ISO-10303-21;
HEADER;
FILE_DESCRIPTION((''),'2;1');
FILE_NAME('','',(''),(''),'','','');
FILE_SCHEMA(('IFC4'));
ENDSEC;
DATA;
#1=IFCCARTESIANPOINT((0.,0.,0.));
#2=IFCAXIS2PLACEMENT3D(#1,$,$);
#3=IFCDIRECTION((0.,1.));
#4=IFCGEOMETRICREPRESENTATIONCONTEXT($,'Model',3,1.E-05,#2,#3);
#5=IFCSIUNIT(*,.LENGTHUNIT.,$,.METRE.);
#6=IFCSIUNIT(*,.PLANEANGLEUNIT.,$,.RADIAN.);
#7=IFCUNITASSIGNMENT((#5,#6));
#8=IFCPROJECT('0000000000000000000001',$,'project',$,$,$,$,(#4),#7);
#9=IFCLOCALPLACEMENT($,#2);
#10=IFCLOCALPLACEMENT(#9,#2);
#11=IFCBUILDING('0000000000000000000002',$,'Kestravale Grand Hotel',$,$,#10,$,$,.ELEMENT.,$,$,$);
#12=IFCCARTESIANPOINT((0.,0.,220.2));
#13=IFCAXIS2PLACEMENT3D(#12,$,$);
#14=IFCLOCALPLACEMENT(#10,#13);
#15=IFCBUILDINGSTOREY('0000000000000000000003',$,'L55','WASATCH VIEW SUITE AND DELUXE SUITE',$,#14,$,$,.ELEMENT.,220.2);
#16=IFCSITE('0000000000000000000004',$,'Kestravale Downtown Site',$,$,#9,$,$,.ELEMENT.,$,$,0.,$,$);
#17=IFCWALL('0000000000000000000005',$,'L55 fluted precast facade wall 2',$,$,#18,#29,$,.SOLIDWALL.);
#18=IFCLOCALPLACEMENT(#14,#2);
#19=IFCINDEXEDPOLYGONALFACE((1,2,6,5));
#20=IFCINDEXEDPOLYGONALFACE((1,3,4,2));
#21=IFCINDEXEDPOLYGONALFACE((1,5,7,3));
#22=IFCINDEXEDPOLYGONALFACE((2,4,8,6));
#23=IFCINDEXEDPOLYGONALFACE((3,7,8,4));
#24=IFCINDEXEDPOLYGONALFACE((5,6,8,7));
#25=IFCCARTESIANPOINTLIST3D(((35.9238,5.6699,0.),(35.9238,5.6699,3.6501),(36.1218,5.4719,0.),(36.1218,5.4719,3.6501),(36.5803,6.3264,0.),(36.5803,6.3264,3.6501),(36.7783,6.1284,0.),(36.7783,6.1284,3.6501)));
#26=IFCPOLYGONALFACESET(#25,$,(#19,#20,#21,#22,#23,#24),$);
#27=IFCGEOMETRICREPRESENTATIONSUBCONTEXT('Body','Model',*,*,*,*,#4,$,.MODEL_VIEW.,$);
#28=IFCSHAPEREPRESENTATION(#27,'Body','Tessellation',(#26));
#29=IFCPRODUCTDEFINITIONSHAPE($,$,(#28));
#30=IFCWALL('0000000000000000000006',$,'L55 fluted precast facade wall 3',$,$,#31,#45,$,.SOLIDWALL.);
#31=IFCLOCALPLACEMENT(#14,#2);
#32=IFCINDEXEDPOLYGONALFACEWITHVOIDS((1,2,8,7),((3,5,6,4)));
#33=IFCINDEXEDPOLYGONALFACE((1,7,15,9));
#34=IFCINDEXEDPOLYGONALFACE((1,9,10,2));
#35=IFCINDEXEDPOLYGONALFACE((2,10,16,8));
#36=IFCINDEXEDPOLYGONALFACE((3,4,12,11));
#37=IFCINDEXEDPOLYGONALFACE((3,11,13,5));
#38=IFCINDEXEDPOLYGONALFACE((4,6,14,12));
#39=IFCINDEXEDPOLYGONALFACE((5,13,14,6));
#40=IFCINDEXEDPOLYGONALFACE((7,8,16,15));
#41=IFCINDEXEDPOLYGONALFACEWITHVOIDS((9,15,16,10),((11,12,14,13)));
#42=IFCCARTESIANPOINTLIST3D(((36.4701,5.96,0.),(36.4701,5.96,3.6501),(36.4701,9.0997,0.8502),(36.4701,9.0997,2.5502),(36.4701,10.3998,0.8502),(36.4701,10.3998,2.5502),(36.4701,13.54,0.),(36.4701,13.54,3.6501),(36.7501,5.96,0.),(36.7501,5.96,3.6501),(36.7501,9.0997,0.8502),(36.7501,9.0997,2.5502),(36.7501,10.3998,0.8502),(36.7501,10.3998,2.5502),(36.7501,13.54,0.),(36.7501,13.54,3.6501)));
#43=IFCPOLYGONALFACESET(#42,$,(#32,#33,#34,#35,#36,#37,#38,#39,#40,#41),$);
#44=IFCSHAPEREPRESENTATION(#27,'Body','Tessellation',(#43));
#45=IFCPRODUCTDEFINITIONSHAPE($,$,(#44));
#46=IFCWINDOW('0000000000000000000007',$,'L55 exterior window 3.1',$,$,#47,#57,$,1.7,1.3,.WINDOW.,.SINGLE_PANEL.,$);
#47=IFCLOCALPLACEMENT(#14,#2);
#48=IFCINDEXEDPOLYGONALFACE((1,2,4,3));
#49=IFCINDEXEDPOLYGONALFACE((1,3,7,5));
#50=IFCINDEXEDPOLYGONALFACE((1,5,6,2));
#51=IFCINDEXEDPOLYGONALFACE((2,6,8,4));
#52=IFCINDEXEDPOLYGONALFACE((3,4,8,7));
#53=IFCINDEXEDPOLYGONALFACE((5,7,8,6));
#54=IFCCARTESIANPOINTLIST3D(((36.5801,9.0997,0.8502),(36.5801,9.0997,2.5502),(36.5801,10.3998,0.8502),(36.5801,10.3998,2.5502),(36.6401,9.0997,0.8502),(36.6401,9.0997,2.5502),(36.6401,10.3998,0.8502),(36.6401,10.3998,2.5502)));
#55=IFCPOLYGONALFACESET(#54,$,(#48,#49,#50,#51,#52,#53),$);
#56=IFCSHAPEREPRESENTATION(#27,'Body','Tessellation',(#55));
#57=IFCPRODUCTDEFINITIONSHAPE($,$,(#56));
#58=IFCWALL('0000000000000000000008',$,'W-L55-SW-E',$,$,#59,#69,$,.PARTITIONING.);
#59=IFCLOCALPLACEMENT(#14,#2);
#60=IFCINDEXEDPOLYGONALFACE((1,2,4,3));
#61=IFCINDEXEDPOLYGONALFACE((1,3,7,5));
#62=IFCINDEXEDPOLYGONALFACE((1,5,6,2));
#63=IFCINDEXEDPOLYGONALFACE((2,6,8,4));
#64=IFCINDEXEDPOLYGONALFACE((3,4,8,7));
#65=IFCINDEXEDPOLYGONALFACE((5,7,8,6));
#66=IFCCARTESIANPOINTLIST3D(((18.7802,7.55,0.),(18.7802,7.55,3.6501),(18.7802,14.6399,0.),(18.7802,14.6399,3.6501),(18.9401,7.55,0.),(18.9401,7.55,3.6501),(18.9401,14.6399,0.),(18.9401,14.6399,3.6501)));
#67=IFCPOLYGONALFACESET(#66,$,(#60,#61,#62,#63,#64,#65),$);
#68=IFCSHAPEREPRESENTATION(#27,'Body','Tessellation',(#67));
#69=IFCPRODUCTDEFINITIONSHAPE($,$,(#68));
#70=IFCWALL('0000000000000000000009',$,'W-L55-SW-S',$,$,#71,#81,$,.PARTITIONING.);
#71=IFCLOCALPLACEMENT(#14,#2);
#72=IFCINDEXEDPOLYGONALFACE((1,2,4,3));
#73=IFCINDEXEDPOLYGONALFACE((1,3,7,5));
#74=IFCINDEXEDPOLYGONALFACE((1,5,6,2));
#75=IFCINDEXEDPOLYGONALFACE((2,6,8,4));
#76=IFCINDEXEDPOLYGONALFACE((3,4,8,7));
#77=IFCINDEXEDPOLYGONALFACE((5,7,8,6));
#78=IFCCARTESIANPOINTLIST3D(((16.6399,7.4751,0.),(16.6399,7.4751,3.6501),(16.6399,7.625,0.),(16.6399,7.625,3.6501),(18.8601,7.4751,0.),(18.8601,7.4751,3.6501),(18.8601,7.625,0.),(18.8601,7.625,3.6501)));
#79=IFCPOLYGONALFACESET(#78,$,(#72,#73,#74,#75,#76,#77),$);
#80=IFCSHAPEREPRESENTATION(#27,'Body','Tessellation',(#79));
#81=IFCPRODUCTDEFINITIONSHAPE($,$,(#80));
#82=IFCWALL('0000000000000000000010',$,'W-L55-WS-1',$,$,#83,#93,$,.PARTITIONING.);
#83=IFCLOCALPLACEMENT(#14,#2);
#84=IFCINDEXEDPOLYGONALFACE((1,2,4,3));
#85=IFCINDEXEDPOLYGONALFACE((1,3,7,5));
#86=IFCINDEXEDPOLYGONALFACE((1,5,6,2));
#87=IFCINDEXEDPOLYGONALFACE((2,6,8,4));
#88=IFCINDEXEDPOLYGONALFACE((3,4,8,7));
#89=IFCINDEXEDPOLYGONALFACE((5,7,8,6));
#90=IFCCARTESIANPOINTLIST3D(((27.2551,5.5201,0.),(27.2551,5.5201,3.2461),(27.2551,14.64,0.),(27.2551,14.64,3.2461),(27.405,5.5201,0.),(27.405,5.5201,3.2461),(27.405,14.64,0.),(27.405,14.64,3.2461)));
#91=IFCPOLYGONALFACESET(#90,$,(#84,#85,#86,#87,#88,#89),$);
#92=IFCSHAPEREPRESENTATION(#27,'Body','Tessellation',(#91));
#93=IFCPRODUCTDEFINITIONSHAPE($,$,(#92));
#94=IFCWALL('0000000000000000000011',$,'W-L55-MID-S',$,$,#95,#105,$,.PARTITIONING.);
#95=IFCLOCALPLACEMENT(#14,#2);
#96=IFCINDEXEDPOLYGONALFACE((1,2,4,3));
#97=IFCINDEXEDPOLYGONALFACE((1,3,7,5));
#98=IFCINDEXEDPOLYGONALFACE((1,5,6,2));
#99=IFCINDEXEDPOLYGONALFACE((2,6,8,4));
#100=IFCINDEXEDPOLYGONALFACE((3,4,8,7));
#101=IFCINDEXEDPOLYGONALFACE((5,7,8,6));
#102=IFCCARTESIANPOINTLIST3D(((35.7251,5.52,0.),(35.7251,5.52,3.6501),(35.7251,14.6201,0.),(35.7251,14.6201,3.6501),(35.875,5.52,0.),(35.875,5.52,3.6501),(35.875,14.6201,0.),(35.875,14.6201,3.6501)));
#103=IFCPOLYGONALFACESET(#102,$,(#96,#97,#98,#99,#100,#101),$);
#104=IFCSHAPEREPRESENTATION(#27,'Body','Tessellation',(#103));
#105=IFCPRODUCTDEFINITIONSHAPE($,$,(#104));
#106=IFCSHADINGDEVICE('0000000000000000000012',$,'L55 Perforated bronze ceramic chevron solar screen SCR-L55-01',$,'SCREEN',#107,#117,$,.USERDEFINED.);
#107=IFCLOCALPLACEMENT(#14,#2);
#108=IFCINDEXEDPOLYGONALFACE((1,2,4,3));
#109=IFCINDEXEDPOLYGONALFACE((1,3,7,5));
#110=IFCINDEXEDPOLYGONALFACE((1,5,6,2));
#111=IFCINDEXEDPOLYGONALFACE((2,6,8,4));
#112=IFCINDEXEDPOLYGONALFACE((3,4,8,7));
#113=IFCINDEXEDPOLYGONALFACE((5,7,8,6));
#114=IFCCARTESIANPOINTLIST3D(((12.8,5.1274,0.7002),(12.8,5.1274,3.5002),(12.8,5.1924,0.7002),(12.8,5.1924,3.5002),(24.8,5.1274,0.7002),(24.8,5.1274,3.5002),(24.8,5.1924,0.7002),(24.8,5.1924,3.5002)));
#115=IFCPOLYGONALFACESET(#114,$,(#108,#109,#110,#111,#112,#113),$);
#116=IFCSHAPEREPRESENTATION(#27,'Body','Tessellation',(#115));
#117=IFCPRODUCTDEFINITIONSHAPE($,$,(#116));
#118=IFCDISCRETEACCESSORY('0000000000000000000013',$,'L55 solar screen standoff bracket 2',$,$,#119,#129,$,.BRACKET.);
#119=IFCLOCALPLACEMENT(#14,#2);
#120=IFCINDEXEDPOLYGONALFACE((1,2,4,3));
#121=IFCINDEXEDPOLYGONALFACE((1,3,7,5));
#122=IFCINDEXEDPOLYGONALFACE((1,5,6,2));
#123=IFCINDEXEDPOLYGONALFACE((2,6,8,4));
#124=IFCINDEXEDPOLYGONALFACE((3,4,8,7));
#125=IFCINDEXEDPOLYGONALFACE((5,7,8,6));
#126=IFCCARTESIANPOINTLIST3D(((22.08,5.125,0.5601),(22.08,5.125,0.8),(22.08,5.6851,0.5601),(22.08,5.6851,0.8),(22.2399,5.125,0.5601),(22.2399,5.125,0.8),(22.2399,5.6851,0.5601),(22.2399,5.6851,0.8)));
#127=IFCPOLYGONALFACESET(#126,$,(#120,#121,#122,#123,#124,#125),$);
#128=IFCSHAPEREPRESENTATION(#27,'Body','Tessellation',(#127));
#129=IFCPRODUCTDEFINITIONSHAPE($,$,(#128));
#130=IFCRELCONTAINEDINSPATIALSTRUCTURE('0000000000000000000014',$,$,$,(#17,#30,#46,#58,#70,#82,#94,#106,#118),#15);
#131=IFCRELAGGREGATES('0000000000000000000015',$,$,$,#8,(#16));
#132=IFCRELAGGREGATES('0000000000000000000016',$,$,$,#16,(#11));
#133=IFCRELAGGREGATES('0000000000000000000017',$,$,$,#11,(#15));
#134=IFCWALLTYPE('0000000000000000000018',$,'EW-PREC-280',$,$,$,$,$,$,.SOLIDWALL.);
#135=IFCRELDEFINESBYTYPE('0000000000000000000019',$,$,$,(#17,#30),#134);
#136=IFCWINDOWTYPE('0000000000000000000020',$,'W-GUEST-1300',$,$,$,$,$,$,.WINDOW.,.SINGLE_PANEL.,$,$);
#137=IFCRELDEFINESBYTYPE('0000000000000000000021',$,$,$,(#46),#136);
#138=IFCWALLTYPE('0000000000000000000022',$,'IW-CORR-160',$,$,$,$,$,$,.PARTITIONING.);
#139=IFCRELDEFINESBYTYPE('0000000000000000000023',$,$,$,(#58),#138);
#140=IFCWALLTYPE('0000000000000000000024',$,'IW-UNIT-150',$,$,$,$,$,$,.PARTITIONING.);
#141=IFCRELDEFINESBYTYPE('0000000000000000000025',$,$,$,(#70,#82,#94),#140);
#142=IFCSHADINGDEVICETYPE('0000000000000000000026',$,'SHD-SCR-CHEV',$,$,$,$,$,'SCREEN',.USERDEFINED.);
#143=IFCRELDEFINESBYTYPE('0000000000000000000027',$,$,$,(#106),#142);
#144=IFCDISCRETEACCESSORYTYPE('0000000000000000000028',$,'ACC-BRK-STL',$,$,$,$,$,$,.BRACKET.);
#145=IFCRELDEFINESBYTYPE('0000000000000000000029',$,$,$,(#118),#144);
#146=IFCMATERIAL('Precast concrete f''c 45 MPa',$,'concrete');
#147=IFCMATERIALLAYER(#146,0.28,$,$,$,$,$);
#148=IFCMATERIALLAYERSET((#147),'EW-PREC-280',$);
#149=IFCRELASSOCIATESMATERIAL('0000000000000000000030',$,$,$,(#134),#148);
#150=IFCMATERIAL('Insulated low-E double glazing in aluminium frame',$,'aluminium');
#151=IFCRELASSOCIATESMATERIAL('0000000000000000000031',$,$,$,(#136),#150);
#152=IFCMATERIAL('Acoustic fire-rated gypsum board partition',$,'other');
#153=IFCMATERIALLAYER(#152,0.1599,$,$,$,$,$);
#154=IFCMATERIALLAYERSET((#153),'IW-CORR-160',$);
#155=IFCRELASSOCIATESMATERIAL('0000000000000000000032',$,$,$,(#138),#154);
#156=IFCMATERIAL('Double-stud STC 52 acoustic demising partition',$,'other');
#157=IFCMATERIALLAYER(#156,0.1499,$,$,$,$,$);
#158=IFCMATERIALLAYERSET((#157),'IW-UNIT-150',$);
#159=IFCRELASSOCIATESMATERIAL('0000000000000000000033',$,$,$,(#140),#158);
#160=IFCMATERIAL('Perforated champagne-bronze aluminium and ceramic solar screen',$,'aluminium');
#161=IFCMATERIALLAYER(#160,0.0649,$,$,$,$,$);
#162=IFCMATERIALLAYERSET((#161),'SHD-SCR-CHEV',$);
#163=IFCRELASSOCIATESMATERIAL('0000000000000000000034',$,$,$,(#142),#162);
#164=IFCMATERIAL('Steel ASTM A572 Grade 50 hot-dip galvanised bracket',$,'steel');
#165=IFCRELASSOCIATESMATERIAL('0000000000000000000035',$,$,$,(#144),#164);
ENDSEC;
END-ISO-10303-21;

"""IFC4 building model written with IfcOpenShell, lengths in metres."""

from ifc_helpers import new_model, si_unit, direction, frame, frame_2d, origin, origin_2d, place, context, subcontext, project, spatial, rectangle, extrude, material, layer, layer_set, type_object, element, fill, save


model = new_model("IFC4")

# Units and contexts
model_context = context("Model", 3, precision=1e-05, world=origin(), true_north=direction((0.0, 1.0)))
body_context = subcontext(model_context, "Body", "Model", "MODEL_VIEW")
ifc_project = project(units=[si_unit("LENGTHUNIT", "METRE"), si_unit("PLANEANGLEUNIT", "RADIAN")], contexts=[model_context])

# Site, building, storey
site_placement = place(None, origin())
site = spatial("IfcSite", under=ifc_project, at=site_placement, Name="Kestravale Downtown Site", CompositionType="ELEMENT", RefElevation=0.0)
building_placement = place(site_placement, origin())
building = spatial("IfcBuilding", under=site, at=building_placement, Name="Kestravale Grand Hotel", CompositionType="ELEMENT")
storey_placement = place(building_placement, frame((0.0, 0.0, 220.2)))
storey = spatial("IfcBuildingStorey", under=building, at=storey_placement, Name="L55", Description="WASATCH VIEW SUITE AND DELUXE SUITE", CompositionType="ELEMENT", Elevation=220.2)

# Wall
ifc_material_1 = material(Name="Precast concrete f'c 45 MPa", Category="concrete")
ifc_layer_1 = layer(ifc_material_1, 0.28)
ifc_layer_set_1 = layer_set([ifc_layer_1], Name="EW-PREC-280")
wall_type_1 = type_object("IfcWallType", Name="EW-PREC-280", PredefinedType="SOLIDWALL", material=ifc_layer_set_1)
wall_1_placement = place(storey_placement, frame((36.0227, 5.5708, 0.0), z_axis=(0.0, 0.0, 1.0), x_axis=(0.707107, 0.707107, 0.0)))
element("IfcWall", 1, at=wall_1_placement, inside=storey, type_object=wall_type_1, Name="L55 fluted precast facade wall 2", PredefinedType="SOLIDWALL", context=body_context, shape_type="SweptSolid", body=[
    extrude(rectangle(XDim=0.9285, YDim=0.28, at=frame_2d((0.4644, 0.0))), origin(), (0.0, 0.0, 1.0), 3.6501),
])

# Wall, opening, window
wall_2_placement = place(storey_placement, frame((36.6101, 5.96, 0.0), z_axis=(0.0, 0.0, 1.0), x_axis=(0.0, 1.0, 0.0)))
wall_2 = element("IfcWall", 2, at=wall_2_placement, inside=storey, type_object=wall_type_1, Name="L55 fluted precast facade wall 3", PredefinedType="SOLIDWALL", context=body_context, shape_type="SweptSolid", body=[
    extrude(rectangle(XDim=7.5801, YDim=0.28, at=frame_2d((3.79, 0.0))), origin(), (0.0, 0.0, 1.0), 3.6501),
])
opening_placement = place(wall_2_placement, frame((3.1399, 0.0, 0.8501)))
opening = element("IfcOpeningElement", 3, at=opening_placement, cuts=wall_2, PredefinedType="OPENING", context=body_context, shape_type="SweptSolid", body=[
    extrude(rectangle(XDim=1.3, YDim=1.7, at=frame_2d((0.6499, 0.8501))), frame((0.0, 0.1499, 0.0), z_axis=(0.0, -1.0, 0.0), x_axis=(1.0, 0.0, 0.0)), (0.0, 0.0, 1.0), 0.3),
])
ifc_material_2 = material(Name="Insulated low-E double glazing in aluminium frame", Category="aluminium")
window_type = type_object("IfcWindowType", Name="W-GUEST-1300", PartitioningType="SINGLE_PANEL", PredefinedType="WINDOW", material=ifc_material_2)
window_placement = place(opening_placement, origin())
window = element("IfcWindow", 4, at=window_placement, inside=storey, type_object=window_type, Name="L55 exterior window 3.1", OverallHeight=1.7, OverallWidth=1.3, PartitioningType="SINGLE_PANEL", PredefinedType="WINDOW", context=body_context, shape_type="SweptSolid", body=[
    extrude(rectangle(XDim=1.3, YDim=1.7, at=frame_2d((0.6499, 0.8501))), frame((0.0, 0.03, 0.0), z_axis=(0.0, -1.0, 0.0), x_axis=(1.0, 0.0, 0.0)), (0.0, 0.0, 1.0), 0.0601),
])
fill(opening, window)

# Walls
ifc_material_3 = material(Name="Acoustic fire-rated gypsum board partition", Category="other")
ifc_layer_2 = layer(ifc_material_3, 0.1599)
ifc_layer_set_2 = layer_set([ifc_layer_2], Name="IW-CORR-160")
wall_type_2 = type_object("IfcWallType", Name="IW-CORR-160", PredefinedType="PARTITIONING", material=ifc_layer_set_2)
wall_3_placement = place(storey_placement, frame((18.8601, 7.55, 0.0), z_axis=(0.0, 0.0, 1.0), x_axis=(0.0, 1.0, 0.0)))
element("IfcWall", 5, at=wall_3_placement, inside=storey, type_object=wall_type_2, Name="W-L55-SW-E", PredefinedType="PARTITIONING", context=body_context, shape_type="SweptSolid", body=[
    extrude(rectangle(XDim=7.0898, YDim=0.1599, at=frame_2d((3.5449, 0.0))), origin(), (0.0, 0.0, 1.0), 3.6501),
])
ifc_material_4 = material(Name="Double-stud STC 52 acoustic demising partition", Category="other")
ifc_layer_3 = layer(ifc_material_4, 0.1499)
ifc_layer_set_3 = layer_set([ifc_layer_3], Name="IW-UNIT-150")
wall_type_3 = type_object("IfcWallType", Name="IW-UNIT-150", PredefinedType="PARTITIONING", material=ifc_layer_set_3)
wall_4_placement = place(storey_placement, frame((16.6399, 7.55, 0.0), z_axis=(0.0, 0.0, 1.0), x_axis=(1.0, 0.0, 0.0)))
element("IfcWall", 6, at=wall_4_placement, inside=storey, type_object=wall_type_3, Name="W-L55-SW-S", PredefinedType="PARTITIONING", context=body_context, shape_type="SweptSolid", body=[
    extrude(rectangle(XDim=2.2202, YDim=0.1499, at=frame_2d((1.1101, 0.0))), origin(), (0.0, 0.0, 1.0), 3.6501),
])
wall_5_placement = place(storey_placement, frame((27.3301, 5.52, 0.0), z_axis=(0.0, 0.0, 1.0), x_axis=(0.0, 1.0, 0.0)))
element("IfcWall", 7, at=wall_5_placement, inside=storey, type_object=wall_type_3, Name="W-L55-WS-1", PredefinedType="PARTITIONING", context=body_context, shape_type="SweptSolid", body=[
    extrude(rectangle(XDim=9.1199, YDim=0.1499, at=frame_2d((4.5601, 0.0))), origin(), (0.0, 0.0, 1.0), 3.2461),
])
wall_6_placement = place(storey_placement, frame((35.8, 5.52, 0.0), z_axis=(0.0, 0.0, 1.0), x_axis=(0.0, 1.0, 0.0)))
element("IfcWall", 8, at=wall_6_placement, inside=storey, type_object=wall_type_3, Name="W-L55-MID-S", PredefinedType="PARTITIONING", context=body_context, shape_type="SweptSolid", body=[
    extrude(rectangle(XDim=9.1001, YDim=0.1499, at=frame_2d((4.55, 0.0))), origin(), (0.0, 0.0, 1.0), 3.6501),
])

# Shading device
ifc_material_5 = material(Name="Perforated champagne-bronze aluminium and ceramic solar screen", Category="aluminium")
ifc_layer_4 = layer(ifc_material_5, 0.0649)
ifc_layer_set_4 = layer_set([ifc_layer_4], Name="SHD-SCR-CHEV")
shading_device_type = type_object("IfcShadingDeviceType", Name="SHD-SCR-CHEV", ElementType="SCREEN", PredefinedType="USERDEFINED", material=ifc_layer_set_4)
shading_device_placement = place(storey_placement, frame((18.8, 5.1599, 0.7002), z_axis=(0.0, 0.0, 1.0), x_axis=(1.0, 0.0, 0.0)))
element("IfcShadingDevice", 9, at=shading_device_placement, inside=storey, type_object=shading_device_type, Name="L55 Perforated bronze ceramic chevron solar screen SCR-L55-01", ObjectType="SCREEN", PredefinedType="USERDEFINED", context=body_context, shape_type="SweptSolid", body=[
    extrude(rectangle(XDim=12.0, YDim=0.0649, at=origin_2d()), origin(), (0.0, 0.0, 1.0), 2.8),
])

# Discrete accessory
ifc_material_6 = material(Name="Steel ASTM A572 Grade 50 hot-dip galvanised bracket", Category="steel")
discrete_accessory_type = type_object("IfcDiscreteAccessoryType", Name="ACC-BRK-STL", PredefinedType="BRACKET", material=ifc_material_6)
discrete_accessory_placement = place(storey_placement, frame((22.1599, 5.405, 0.5601), z_axis=(0.0, 0.0, 1.0), x_axis=(1.0, 0.0, 0.0)))
element("IfcDiscreteAccessory", 10, at=discrete_accessory_placement, inside=storey, type_object=discrete_accessory_type, Name="L55 solar screen standoff bracket 2", PredefinedType="BRACKET", context=body_context, shape_type="SweptSolid", body=[
    extrude(rectangle(XDim=0.1599, YDim=0.5601, at=origin_2d()), origin(), (0.0, 0.0, 1.0), 0.24),
])

save(model, "model.ifc")
